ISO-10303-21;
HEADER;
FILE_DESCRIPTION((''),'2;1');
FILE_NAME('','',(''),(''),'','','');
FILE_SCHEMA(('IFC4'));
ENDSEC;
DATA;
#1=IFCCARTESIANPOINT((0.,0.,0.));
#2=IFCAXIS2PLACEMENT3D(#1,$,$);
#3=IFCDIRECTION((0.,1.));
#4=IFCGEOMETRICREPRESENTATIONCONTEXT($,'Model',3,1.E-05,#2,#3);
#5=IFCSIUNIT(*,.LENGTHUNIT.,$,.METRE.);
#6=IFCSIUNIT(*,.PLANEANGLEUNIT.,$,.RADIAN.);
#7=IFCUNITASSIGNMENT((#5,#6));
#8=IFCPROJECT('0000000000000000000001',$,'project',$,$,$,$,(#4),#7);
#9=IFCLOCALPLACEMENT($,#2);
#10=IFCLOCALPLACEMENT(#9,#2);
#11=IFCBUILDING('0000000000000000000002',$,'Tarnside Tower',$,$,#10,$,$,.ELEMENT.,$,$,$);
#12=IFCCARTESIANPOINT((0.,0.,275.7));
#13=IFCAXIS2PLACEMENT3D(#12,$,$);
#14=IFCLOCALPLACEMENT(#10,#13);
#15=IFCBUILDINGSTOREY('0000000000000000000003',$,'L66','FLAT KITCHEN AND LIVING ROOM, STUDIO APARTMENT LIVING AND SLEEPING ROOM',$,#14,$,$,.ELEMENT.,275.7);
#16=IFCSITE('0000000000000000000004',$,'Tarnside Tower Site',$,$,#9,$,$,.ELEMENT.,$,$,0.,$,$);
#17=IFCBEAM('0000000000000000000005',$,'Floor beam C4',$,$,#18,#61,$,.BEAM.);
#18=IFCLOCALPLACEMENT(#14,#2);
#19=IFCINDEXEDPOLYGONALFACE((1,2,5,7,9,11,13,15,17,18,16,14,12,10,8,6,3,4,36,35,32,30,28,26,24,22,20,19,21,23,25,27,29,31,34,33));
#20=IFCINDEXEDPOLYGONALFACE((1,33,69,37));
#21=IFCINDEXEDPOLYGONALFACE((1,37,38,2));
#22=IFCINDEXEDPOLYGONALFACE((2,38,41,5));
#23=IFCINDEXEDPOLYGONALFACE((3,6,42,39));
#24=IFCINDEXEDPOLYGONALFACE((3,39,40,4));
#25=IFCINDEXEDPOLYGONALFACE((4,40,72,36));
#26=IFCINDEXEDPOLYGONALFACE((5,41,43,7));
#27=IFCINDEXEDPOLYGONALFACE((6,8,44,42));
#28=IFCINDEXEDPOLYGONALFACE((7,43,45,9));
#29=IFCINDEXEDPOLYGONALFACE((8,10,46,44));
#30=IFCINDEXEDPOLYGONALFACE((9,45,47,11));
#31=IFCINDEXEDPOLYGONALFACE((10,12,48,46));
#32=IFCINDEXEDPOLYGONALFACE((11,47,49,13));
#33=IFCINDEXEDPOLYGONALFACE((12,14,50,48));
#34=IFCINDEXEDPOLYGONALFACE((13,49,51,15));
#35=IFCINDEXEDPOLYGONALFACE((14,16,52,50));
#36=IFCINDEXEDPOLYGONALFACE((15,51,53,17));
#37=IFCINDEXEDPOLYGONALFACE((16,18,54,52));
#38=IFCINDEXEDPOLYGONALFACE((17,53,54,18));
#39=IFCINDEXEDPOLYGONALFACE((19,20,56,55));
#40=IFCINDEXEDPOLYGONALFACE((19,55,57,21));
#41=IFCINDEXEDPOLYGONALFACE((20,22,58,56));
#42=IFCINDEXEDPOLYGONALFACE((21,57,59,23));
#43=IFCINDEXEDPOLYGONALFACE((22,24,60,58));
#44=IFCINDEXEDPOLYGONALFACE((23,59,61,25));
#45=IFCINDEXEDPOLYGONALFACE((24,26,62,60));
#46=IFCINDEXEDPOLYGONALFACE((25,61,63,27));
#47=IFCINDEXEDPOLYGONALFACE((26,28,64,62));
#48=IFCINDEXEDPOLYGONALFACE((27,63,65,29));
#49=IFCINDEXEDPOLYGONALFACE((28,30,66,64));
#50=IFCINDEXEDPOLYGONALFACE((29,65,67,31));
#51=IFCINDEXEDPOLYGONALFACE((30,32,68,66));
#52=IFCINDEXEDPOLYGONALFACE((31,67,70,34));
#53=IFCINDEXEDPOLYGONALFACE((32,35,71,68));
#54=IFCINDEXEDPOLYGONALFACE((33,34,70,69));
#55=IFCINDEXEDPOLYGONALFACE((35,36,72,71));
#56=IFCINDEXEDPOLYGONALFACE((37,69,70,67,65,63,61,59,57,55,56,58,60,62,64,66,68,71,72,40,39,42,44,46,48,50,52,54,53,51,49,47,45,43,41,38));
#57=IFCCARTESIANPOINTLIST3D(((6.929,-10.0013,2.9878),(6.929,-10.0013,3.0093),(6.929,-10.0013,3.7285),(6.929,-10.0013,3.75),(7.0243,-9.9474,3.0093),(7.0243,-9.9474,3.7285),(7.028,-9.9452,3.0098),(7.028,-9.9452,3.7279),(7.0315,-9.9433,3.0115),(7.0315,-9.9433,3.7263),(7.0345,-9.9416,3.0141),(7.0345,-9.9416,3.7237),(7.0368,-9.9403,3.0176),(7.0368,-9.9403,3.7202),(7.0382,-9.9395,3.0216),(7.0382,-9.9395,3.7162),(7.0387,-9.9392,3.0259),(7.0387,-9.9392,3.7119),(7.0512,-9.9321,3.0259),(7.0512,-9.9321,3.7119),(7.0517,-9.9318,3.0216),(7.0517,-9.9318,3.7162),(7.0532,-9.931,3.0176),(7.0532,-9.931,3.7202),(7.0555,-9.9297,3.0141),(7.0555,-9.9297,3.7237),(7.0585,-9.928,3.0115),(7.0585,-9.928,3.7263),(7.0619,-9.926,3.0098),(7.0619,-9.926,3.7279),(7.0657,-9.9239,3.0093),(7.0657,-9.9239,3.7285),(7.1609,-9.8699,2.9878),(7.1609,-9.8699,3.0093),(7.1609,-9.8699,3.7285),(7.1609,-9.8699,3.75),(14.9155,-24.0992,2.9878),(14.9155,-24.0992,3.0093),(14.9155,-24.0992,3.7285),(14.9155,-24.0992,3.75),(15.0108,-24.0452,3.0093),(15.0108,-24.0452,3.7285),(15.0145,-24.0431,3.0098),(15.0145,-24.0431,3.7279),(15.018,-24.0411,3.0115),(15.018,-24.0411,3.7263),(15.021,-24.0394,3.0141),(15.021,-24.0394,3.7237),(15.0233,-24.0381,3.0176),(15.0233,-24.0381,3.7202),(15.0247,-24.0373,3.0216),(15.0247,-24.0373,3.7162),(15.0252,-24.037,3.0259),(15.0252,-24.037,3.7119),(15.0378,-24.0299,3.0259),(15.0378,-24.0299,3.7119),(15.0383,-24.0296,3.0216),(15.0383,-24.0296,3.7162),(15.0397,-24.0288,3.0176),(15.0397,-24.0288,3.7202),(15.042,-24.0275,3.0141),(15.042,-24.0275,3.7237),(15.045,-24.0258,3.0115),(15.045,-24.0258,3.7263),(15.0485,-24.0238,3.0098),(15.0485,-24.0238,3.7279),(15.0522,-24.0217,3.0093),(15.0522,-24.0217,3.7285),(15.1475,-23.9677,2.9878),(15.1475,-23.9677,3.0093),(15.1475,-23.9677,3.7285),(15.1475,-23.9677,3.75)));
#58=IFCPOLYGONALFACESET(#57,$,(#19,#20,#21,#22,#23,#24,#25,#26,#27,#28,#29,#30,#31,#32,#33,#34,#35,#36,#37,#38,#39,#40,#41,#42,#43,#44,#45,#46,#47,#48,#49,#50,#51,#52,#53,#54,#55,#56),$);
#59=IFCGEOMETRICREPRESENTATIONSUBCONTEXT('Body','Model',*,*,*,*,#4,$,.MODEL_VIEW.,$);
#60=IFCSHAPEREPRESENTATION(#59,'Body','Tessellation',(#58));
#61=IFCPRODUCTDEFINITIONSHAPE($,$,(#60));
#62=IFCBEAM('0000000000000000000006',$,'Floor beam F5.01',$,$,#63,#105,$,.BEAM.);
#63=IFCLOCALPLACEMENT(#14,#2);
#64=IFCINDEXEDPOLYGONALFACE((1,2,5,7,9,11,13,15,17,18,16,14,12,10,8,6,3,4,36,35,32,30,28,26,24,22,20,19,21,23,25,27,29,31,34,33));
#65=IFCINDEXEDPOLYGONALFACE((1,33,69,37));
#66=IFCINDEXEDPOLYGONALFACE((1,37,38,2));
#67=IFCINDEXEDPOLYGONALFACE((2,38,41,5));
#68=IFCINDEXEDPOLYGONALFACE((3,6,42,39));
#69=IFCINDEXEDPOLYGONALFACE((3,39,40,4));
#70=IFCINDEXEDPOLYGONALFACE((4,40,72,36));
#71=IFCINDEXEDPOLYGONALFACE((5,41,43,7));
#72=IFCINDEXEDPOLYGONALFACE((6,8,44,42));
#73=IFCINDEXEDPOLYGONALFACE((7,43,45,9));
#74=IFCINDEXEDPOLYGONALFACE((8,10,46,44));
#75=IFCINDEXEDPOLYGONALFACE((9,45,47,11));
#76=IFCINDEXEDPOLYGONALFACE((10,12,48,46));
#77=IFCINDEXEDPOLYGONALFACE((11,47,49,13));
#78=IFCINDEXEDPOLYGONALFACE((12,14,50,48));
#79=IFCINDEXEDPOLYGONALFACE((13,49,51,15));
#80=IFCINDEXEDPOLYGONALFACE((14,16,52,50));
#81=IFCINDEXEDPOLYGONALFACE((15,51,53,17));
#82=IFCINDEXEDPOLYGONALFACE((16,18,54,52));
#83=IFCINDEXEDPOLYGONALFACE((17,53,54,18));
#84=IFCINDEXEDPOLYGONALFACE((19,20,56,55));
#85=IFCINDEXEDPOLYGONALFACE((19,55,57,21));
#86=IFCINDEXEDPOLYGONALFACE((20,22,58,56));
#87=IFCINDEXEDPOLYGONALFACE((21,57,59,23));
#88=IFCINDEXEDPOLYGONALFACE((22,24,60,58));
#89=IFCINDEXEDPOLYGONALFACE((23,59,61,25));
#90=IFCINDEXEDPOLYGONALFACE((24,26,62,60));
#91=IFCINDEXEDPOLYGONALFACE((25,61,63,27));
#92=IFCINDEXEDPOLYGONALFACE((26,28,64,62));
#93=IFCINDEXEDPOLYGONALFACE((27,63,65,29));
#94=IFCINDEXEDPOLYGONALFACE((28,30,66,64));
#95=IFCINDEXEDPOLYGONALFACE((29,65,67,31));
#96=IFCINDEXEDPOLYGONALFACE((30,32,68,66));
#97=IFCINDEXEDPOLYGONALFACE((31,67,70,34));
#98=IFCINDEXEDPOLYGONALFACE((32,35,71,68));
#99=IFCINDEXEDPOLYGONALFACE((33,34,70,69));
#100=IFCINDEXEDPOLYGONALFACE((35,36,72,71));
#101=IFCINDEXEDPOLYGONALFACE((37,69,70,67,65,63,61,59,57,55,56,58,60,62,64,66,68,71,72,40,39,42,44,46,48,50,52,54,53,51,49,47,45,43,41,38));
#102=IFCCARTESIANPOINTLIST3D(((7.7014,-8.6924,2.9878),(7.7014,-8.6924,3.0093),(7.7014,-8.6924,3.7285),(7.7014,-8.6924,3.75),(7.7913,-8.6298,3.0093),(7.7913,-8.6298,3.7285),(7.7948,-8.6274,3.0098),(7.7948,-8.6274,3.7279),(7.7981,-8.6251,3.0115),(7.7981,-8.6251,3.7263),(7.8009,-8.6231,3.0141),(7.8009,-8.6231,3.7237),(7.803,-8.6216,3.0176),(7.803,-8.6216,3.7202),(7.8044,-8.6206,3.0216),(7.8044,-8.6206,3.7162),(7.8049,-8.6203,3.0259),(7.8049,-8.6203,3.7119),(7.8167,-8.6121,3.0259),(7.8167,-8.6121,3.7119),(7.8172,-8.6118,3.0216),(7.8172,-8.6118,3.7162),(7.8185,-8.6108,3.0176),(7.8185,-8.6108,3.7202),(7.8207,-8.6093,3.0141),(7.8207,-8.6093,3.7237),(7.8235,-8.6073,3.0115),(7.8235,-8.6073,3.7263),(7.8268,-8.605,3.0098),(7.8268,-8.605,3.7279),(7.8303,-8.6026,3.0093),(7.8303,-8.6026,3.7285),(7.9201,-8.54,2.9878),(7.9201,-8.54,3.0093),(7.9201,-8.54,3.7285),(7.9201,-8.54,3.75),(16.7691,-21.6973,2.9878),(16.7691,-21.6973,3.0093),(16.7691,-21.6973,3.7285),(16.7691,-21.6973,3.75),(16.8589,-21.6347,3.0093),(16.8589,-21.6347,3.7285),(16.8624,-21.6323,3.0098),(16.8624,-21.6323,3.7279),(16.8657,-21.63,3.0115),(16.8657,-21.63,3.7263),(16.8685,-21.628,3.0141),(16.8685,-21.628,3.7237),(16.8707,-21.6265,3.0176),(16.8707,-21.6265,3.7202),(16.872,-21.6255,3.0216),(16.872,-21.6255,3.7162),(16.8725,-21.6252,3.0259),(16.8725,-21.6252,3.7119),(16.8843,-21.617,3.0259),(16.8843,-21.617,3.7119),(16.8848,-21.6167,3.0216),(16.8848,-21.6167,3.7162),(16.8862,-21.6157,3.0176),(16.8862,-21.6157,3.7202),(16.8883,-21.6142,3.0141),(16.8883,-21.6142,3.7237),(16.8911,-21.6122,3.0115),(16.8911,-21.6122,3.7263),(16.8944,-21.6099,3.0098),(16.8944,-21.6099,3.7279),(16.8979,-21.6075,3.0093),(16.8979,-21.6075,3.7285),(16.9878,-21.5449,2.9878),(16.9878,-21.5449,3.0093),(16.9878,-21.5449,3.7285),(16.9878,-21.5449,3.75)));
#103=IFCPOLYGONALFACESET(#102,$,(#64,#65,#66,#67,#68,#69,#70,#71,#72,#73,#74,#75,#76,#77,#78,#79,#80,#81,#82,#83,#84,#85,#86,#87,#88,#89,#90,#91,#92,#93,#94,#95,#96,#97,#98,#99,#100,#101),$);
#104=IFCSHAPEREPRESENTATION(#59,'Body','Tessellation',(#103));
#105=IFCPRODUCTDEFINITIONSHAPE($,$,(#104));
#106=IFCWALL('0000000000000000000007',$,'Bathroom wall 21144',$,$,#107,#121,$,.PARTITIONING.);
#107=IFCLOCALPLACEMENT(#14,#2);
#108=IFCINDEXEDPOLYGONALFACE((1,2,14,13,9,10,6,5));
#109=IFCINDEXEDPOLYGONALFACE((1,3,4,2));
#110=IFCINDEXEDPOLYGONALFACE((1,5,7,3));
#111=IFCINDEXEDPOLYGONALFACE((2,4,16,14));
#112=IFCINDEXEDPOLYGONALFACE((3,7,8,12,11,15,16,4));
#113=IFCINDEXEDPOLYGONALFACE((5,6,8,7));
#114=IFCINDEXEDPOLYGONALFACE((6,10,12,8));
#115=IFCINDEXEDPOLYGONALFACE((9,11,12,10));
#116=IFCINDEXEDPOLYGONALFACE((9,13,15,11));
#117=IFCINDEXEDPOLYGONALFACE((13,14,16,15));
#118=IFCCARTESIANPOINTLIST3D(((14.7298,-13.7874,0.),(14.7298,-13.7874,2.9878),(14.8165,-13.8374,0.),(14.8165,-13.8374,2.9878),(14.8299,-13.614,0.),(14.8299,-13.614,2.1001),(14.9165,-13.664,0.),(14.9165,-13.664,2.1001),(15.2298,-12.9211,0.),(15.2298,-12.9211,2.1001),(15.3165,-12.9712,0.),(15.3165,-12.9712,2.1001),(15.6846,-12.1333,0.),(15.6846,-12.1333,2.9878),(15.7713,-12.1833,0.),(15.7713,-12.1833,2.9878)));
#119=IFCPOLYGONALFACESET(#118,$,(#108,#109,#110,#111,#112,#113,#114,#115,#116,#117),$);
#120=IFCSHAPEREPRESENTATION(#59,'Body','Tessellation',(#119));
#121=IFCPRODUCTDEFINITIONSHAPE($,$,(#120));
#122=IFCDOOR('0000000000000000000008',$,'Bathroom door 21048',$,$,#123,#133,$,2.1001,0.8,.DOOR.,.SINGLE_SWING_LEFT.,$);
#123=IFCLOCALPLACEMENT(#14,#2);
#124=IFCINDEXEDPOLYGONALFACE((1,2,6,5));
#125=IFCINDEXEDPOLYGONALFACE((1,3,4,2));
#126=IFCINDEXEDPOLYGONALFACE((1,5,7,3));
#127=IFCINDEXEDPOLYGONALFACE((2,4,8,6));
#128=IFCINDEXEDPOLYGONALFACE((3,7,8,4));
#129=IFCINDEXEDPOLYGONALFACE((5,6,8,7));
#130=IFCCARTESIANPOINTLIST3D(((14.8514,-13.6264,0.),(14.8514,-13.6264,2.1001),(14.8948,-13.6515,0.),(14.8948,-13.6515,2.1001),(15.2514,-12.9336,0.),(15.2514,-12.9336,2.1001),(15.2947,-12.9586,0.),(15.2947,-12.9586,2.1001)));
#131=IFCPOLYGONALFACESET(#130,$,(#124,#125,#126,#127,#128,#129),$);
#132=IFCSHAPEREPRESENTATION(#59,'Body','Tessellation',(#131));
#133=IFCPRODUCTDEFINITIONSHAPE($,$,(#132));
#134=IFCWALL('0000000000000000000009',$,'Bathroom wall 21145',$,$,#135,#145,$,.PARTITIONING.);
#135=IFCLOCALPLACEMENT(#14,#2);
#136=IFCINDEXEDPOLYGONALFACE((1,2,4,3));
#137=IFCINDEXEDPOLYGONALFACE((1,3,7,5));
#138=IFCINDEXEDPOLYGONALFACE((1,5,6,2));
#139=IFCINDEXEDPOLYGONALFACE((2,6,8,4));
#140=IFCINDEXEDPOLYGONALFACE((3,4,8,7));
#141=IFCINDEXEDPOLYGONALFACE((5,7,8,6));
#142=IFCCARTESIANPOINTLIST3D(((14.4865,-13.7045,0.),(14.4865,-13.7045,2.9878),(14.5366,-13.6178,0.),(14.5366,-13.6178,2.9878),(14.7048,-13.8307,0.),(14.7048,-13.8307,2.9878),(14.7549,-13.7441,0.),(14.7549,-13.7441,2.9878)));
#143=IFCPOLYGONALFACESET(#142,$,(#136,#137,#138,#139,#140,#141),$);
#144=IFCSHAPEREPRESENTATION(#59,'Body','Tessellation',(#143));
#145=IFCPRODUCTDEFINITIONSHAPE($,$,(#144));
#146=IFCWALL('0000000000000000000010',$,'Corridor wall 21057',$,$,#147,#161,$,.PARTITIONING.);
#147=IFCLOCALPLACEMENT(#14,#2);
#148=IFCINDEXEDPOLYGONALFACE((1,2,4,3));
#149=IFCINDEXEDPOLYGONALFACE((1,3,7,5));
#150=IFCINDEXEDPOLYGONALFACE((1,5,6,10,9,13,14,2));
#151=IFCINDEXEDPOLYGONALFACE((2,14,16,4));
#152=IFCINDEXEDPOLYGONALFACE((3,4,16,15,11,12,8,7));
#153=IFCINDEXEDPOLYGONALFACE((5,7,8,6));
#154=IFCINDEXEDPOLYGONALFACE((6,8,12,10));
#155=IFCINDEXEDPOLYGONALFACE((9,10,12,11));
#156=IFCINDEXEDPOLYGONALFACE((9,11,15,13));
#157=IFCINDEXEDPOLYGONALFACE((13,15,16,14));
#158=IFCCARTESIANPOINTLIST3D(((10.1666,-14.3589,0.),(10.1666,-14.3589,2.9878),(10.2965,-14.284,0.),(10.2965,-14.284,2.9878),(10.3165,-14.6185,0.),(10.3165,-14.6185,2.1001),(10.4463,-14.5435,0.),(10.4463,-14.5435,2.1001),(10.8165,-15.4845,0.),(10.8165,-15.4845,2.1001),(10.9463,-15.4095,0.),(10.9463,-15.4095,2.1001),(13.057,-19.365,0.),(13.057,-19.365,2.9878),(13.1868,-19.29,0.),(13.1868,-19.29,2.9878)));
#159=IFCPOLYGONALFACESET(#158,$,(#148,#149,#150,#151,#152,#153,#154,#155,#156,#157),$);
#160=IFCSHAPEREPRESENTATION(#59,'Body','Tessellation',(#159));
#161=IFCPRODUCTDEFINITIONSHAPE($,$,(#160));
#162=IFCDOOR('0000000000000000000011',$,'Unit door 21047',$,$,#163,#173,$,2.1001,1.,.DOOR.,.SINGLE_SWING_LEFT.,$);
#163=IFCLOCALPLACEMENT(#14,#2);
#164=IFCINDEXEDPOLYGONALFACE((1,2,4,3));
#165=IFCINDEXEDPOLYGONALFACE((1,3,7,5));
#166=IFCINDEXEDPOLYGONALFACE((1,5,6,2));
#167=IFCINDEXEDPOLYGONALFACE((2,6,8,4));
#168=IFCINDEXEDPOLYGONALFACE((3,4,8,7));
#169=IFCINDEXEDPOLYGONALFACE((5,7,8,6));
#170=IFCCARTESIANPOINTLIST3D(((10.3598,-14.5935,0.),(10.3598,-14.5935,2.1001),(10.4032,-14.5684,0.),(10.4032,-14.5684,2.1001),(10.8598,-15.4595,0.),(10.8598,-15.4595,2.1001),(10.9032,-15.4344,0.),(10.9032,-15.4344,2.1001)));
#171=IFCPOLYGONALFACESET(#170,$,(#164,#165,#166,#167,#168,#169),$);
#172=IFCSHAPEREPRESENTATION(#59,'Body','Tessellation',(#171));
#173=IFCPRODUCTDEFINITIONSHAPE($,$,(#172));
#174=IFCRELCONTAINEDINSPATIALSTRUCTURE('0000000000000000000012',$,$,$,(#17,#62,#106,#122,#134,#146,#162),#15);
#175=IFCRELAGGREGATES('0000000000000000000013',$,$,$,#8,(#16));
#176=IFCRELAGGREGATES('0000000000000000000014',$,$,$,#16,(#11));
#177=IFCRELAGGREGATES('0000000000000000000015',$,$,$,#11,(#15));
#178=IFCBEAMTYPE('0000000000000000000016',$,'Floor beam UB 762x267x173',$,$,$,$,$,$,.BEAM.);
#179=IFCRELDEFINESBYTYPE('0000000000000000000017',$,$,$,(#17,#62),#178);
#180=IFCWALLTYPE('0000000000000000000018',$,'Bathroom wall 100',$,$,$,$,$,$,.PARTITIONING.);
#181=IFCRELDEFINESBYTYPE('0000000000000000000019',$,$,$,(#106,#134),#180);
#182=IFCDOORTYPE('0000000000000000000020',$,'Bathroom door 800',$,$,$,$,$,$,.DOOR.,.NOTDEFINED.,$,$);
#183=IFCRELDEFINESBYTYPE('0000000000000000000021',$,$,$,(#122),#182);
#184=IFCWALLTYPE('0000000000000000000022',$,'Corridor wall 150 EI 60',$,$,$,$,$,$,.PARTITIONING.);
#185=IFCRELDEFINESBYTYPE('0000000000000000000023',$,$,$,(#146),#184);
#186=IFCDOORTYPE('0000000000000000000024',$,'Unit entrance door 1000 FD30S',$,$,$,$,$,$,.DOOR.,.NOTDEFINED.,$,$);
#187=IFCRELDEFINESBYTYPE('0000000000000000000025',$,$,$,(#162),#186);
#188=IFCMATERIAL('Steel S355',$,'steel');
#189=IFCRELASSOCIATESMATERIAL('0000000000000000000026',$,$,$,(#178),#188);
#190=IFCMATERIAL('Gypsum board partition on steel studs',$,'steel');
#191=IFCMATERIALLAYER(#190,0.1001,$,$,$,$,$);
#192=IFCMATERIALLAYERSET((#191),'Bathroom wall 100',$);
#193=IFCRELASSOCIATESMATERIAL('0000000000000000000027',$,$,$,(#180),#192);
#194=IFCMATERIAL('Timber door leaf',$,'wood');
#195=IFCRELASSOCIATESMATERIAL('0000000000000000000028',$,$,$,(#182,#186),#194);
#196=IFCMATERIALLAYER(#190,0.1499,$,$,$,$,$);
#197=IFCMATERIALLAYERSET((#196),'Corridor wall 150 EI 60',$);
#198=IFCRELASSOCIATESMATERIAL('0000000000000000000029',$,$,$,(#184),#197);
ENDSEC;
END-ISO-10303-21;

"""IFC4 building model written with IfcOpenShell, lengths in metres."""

from ifc_helpers import new_model, si_unit, direction, frame, frame_2d, origin, origin_2d, place, context, subcontext, project, spatial, rectangle, i_section, extrude, material, layer, layer_set, material_profile, profile_set, type_object, element, fill, save


model = new_model("IFC4")

# Units and contexts
model_context = context("Model", 3, precision=1e-05, world=origin(), true_north=direction((0.0, 1.0)))
body_context = subcontext(model_context, "Body", "Model", "MODEL_VIEW")
ifc_project = project(units=[si_unit("LENGTHUNIT", "METRE"), si_unit("PLANEANGLEUNIT", "RADIAN")], contexts=[model_context])

# Site, building, storey
site_placement = place(None, origin())
site = spatial("IfcSite", under=ifc_project, at=site_placement, Name="Tarnside Tower Site", CompositionType="ELEMENT", RefElevation=0.0)
building_placement = place(site_placement, origin())
building = spatial("IfcBuilding", under=site, at=building_placement, Name="Tarnside Tower", CompositionType="ELEMENT")
storey_placement = place(building_placement, frame((0.0, 0.0, 275.7)))
storey = spatial("IfcBuildingStorey", under=building, at=storey_placement, Name="L66", Description="FLAT KITCHEN AND LIVING ROOM, STUDIO APARTMENT LIVING AND SLEEPING ROOM", CompositionType="ELEMENT", Elevation=275.7)

# Beams
ifc_material_1 = material(Name="Steel S355", Category="steel")
ifc_material_profile_1 = material_profile(ifc_material_1, i_section(OverallWidth=0.2666, OverallDepth=0.7622, WebThickness=0.0144, FlangeThickness=0.0215, FilletRadius=0.0166, at=origin_2d()), Name="UB 762x267x173")
ifc_profile_set_1 = profile_set([ifc_material_profile_1], Name="Steel S355")
beam_type_1 = type_object("IfcBeamType", Name="Floor beam UB 762x267x173", PredefinedType="BEAM", material=ifc_profile_set_1)
beam_1_placement = place(storey_placement, frame((15.0315, -24.0334, 3.3689), z_axis=(-0.492908, 0.870081, 0.0), x_axis=(-0.870081, -0.492908, 0.0)))
element("IfcBeam", 1, at=beam_1_placement, inside=storey, type_object=beam_type_1, Name="Floor beam C4", PredefinedType="BEAM", context=body_context, shape_type="SweptSolid", body=[
    extrude(i_section(OverallWidth=0.2666, OverallDepth=0.7622, WebThickness=0.0144, FlangeThickness=0.0215, FilletRadius=0.0166, at=origin_2d()), origin(), (0.0, 0.0, 1.0), 16.2029),
])
beam_2_placement = place(storey_placement, frame((16.8784, -21.6211, 3.3689), z_axis=(-0.571946, 0.820291, 0.0), x_axis=(-0.820291, -0.571946, 0.0)))
element("IfcBeam", 2, at=beam_2_placement, inside=storey, type_object=beam_type_1, Name="Floor beam F5.01", PredefinedType="BEAM", context=body_context, shape_type="SweptSolid", body=[
    extrude(i_section(OverallWidth=0.2666, OverallDepth=0.7622, WebThickness=0.0144, FlangeThickness=0.0215, FilletRadius=0.0166, at=origin_2d()), origin(), (0.0, 0.0, 1.0), 15.854),
])

# Wall, opening, door
ifc_material_2 = material(Name="Gypsum board partition on steel studs", Category="steel")
ifc_layer_1 = layer(ifc_material_2, 0.1001)
ifc_layer_set_1 = layer_set([ifc_layer_1], Name="Bathroom wall 100")
wall_type_1 = type_object("IfcWallType", Name="Bathroom wall 100", PredefinedType="PARTITIONING", material=ifc_layer_set_1)
wall_1_placement = place(storey_placement, frame((15.728, -12.1582, 0.0), z_axis=(0.0, 0.0, 1.0), x_axis=(-0.499947, -0.866056, 0.0)))
wall_1 = element("IfcWall", 3, at=wall_1_placement, inside=storey, type_object=wall_type_1, Name="Bathroom wall 21144", PredefinedType="PARTITIONING", context=body_context, shape_type="SweptSolid", body=[
    extrude(rectangle(XDim=1.9099, YDim=0.1001, at=frame_2d((0.9551, 0.0))), origin(), (0.0, 0.0, 1.0), 2.9878),
])
opening_1_placement = place(wall_1_placement, frame((0.9099, 0.0, 0.0)))
opening_1 = element("IfcOpeningElement", 4, at=opening_1_placement, cuts=wall_1, PredefinedType="OPENING", context=body_context, shape_type="SweptSolid", body=[
    extrude(rectangle(XDim=0.8, YDim=2.1001, at=frame_2d((0.3999, 1.05))), frame((0.0, 0.0601, 0.0), z_axis=(0.0, -1.0, 0.0), x_axis=(1.0, 0.0, 0.0)), (0.0, 0.0, 1.0), 0.1201),
])
ifc_material_3 = material(Name="Timber door leaf", Category="wood")
door_type_1 = type_object("IfcDoorType", Name="Bathroom door 800", OperationType="NOTDEFINED", PredefinedType="DOOR", material=ifc_material_3)
door_1_placement = place(opening_1_placement, origin())
door_1 = element("IfcDoor", 5, at=door_1_placement, inside=storey, type_object=door_type_1, Name="Bathroom door 21048", OperationType="SINGLE_SWING_LEFT", OverallHeight=2.1001, OverallWidth=0.8, PredefinedType="DOOR", context=body_context, shape_type="SweptSolid", body=[
    extrude(rectangle(XDim=0.8, YDim=2.1001, at=frame_2d((0.3999, 1.05))), frame((0.0, 0.0249, 0.0), z_axis=(0.0, -1.0, 0.0), x_axis=(1.0, 0.0, 0.0)), (0.0, 0.0, 1.0), 0.05),
])
fill(opening_1, door_1)

# Wall
wall_2_placement = place(storey_placement, frame((14.7297, -13.7874, 0.0), z_axis=(0.0, 0.0, 1.0), x_axis=(-0.865669, 0.500616, 0.0)))
element("IfcWall", 6, at=wall_2_placement, inside=storey, type_object=wall_type_1, Name="Bathroom wall 21145", PredefinedType="PARTITIONING", context=body_context, shape_type="SweptSolid", body=[
    extrude(rectangle(XDim=0.2522, YDim=0.1001, at=frame_2d((0.126, 0.0))), origin(), (0.0, 0.0, 1.0), 2.9878),
])

# Wall, opening, door
ifc_layer_2 = layer(ifc_material_2, 0.1499)
ifc_layer_set_2 = layer_set([ifc_layer_2], Name="Corridor wall 150 EI 60")
wall_type_2 = type_object("IfcWallType", Name="Corridor wall 150 EI 60", PredefinedType="PARTITIONING", material=ifc_layer_set_2)
wall_3_placement = place(storey_placement, frame((13.1218, -19.3274, 0.0), z_axis=(0.0, 0.0, 1.0), x_axis=(-0.500014, 0.866017, 0.0)))
wall_3 = element("IfcWall", 7, at=wall_3_placement, inside=storey, type_object=wall_type_2, Name="Corridor wall 21057", PredefinedType="PARTITIONING", context=body_context, shape_type="SweptSolid", body=[
    extrude(rectangle(XDim=5.7805, YDim=0.1499, at=frame_2d((2.8901, 0.0))), origin(), (0.0, 0.0, 1.0), 2.9878),
])
opening_2_placement = place(wall_3_placement, frame((4.4807, 0.0, 0.0)))
opening_2 = element("IfcOpeningElement", 8, at=opening_2_placement, cuts=wall_3, PredefinedType="OPENING", context=body_context, shape_type="SweptSolid", body=[
    extrude(rectangle(XDim=1.0, YDim=2.1001, at=frame_2d((0.5, 1.05))), frame((0.0, 0.085, 0.0), z_axis=(0.0, -1.0, 0.0), x_axis=(1.0, 0.0, 0.0)), (0.0, 0.0, 1.0), 0.1699),
])
door_type_2 = type_object("IfcDoorType", Name="Unit entrance door 1000 FD30S", OperationType="NOTDEFINED", PredefinedType="DOOR", material=ifc_material_3)
door_2_placement = place(opening_2_placement, origin())
door_2 = element("IfcDoor", 9, at=door_2_placement, inside=storey, type_object=door_type_2, Name="Unit door 21047", OperationType="SINGLE_SWING_LEFT", OverallHeight=2.1001, OverallWidth=1.0, PredefinedType="DOOR", context=body_context, shape_type="SweptSolid", body=[
    extrude(rectangle(XDim=1.0, YDim=2.1001, at=frame_2d((0.5, 1.05))), frame((0.0, 0.0249, 0.0), z_axis=(0.0, -1.0, 0.0), x_axis=(1.0, 0.0, 0.0)), (0.0, 0.0, 1.0), 0.05),
])
fill(opening_2, door_2)

save(model, "model.ifc")
